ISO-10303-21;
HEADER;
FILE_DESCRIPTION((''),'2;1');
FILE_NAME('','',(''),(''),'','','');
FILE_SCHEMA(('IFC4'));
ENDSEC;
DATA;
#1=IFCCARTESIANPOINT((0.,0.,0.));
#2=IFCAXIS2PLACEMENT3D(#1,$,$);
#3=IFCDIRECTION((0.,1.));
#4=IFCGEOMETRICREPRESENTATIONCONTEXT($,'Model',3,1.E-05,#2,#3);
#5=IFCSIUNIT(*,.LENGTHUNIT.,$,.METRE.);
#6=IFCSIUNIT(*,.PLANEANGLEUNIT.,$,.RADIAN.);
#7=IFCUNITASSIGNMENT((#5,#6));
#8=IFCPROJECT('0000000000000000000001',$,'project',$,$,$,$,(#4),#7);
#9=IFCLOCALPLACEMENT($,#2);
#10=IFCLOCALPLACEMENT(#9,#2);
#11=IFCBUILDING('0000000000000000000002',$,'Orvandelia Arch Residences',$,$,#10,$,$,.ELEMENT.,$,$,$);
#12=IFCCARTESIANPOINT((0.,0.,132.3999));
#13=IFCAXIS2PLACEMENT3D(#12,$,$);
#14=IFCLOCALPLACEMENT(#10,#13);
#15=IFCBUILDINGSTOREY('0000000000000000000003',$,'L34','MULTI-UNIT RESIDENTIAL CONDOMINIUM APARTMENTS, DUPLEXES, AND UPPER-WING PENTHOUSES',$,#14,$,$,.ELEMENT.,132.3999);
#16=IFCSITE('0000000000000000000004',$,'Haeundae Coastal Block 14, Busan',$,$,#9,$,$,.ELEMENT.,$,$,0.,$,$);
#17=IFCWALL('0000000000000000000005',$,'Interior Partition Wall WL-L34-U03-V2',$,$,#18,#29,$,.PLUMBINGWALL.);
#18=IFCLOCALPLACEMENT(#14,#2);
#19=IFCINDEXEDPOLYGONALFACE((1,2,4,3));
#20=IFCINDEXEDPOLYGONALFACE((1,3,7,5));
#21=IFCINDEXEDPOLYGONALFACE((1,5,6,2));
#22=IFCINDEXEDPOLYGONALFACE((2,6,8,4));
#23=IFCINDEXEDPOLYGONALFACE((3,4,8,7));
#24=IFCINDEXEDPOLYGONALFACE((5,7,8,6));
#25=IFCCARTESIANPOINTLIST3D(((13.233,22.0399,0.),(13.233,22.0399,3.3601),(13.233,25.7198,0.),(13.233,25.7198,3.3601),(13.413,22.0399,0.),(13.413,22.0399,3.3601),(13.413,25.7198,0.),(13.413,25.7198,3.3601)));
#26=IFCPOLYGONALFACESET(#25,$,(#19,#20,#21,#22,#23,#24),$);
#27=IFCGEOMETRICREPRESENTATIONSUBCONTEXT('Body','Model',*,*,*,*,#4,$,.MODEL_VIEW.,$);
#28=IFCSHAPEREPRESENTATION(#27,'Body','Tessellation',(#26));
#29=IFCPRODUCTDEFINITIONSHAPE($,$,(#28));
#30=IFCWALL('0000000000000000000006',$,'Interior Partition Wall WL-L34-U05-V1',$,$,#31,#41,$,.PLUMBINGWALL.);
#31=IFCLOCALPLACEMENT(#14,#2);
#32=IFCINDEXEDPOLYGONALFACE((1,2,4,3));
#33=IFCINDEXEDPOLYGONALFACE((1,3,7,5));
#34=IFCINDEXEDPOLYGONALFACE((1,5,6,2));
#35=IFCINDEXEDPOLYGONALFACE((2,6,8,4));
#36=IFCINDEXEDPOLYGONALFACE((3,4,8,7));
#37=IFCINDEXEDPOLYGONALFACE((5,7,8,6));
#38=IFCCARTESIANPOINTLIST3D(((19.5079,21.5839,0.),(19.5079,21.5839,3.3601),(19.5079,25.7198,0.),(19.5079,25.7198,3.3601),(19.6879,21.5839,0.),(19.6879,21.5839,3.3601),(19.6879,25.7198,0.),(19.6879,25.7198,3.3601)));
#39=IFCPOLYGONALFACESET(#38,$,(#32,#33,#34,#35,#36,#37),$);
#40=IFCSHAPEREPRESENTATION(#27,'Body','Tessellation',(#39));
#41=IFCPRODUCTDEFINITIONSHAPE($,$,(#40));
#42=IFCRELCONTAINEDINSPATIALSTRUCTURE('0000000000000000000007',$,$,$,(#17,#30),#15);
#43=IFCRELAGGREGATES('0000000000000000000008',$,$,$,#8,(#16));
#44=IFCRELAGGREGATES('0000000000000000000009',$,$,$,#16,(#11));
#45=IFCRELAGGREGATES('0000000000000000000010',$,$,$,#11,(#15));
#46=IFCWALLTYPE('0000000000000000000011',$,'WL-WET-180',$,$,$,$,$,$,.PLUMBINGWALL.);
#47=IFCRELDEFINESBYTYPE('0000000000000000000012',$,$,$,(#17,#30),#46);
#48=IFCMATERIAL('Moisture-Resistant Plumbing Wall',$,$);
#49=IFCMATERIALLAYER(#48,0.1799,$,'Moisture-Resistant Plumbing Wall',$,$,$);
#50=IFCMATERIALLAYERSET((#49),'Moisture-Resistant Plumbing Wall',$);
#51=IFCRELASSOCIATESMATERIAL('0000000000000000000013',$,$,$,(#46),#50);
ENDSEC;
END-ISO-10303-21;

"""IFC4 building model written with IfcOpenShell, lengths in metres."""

from ifc_helpers import new_model, si_unit, direction, frame, frame_2d, origin, place, context, subcontext, project, spatial, rectangle, extrude, material, layer, layer_set, type_object, element, save


model = new_model("IFC4")

# Units and contexts
model_context = context("Model", 3, precision=1e-05, world=origin(), true_north=direction((0.0, 1.0)))
body_context = subcontext(model_context, "Body", "Model", "MODEL_VIEW")
ifc_project = project(units=[si_unit("LENGTHUNIT", "METRE"), si_unit("PLANEANGLEUNIT", "RADIAN")], contexts=[model_context])

# Site, building, storey
site_placement = place(None, origin())
site = spatial("IfcSite", under=ifc_project, at=site_placement, Name="Haeundae Coastal Block 14, Busan", CompositionType="ELEMENT", RefElevation=0.0)
building_placement = place(site_placement, origin())
building = spatial("IfcBuilding", under=site, at=building_placement, Name="Orvandelia Arch Residences", CompositionType="ELEMENT")
storey_placement = place(building_placement, frame((0.0, 0.0, 132.3999)))
storey = spatial("IfcBuildingStorey", under=building, at=storey_placement, Name="L34", Description="MULTI-UNIT RESIDENTIAL CONDOMINIUM APARTMENTS, DUPLEXES, AND UPPER-WING PENTHOUSES", CompositionType="ELEMENT", Elevation=132.3999)

# Wall
ifc_material_1 = material(Name="Moisture-Resistant Plumbing Wall")
ifc_layer_1 = layer(ifc_material_1, 0.1799, Name="Moisture-Resistant Plumbing Wall")
ifc_layer_set_1 = layer_set([ifc_layer_1], Name="Moisture-Resistant Plumbing Wall")
wall_type_1 = type_object("IfcWallType", Name="WL-WET-180", PredefinedType="PLUMBINGWALL", material=ifc_layer_set_1)
wall_1_placement = place(storey_placement, frame((13.323, 22.04, 0.0), z_axis=(0.0, 0.0, 1.0), x_axis=(0.0, 1.0, 0.0)))
element("IfcWall", 1, at=wall_1_placement, inside=storey, type_object=wall_type_1, Name="Interior Partition Wall WL-L34-U03-V2", PredefinedType="PLUMBINGWALL", context=body_context, shape_type="SweptSolid", body=[
    extrude(rectangle(XDim=3.6799, YDim=0.1799, at=frame_2d((1.8398, 0.0))), origin(), (0.0, 0.0, 1.0), 3.3601),
])

# Wall
wall_2_placement = place(storey_placement, frame((19.5979, 21.584, 0.0), z_axis=(0.0, 0.0, 1.0), x_axis=(0.0, 1.0, 0.0)))
element("IfcWall", 2, at=wall_2_placement, inside=storey, type_object=wall_type_1, Name="Interior Partition Wall WL-L34-U05-V1", PredefinedType="PLUMBINGWALL", context=body_context, shape_type="SweptSolid", body=[
    extrude(rectangle(XDim=4.136, YDim=0.1799, at=frame_2d((2.0679, 0.0))), origin(), (0.0, 0.0, 1.0), 3.3601),
])

save(model, "model.ifc")
